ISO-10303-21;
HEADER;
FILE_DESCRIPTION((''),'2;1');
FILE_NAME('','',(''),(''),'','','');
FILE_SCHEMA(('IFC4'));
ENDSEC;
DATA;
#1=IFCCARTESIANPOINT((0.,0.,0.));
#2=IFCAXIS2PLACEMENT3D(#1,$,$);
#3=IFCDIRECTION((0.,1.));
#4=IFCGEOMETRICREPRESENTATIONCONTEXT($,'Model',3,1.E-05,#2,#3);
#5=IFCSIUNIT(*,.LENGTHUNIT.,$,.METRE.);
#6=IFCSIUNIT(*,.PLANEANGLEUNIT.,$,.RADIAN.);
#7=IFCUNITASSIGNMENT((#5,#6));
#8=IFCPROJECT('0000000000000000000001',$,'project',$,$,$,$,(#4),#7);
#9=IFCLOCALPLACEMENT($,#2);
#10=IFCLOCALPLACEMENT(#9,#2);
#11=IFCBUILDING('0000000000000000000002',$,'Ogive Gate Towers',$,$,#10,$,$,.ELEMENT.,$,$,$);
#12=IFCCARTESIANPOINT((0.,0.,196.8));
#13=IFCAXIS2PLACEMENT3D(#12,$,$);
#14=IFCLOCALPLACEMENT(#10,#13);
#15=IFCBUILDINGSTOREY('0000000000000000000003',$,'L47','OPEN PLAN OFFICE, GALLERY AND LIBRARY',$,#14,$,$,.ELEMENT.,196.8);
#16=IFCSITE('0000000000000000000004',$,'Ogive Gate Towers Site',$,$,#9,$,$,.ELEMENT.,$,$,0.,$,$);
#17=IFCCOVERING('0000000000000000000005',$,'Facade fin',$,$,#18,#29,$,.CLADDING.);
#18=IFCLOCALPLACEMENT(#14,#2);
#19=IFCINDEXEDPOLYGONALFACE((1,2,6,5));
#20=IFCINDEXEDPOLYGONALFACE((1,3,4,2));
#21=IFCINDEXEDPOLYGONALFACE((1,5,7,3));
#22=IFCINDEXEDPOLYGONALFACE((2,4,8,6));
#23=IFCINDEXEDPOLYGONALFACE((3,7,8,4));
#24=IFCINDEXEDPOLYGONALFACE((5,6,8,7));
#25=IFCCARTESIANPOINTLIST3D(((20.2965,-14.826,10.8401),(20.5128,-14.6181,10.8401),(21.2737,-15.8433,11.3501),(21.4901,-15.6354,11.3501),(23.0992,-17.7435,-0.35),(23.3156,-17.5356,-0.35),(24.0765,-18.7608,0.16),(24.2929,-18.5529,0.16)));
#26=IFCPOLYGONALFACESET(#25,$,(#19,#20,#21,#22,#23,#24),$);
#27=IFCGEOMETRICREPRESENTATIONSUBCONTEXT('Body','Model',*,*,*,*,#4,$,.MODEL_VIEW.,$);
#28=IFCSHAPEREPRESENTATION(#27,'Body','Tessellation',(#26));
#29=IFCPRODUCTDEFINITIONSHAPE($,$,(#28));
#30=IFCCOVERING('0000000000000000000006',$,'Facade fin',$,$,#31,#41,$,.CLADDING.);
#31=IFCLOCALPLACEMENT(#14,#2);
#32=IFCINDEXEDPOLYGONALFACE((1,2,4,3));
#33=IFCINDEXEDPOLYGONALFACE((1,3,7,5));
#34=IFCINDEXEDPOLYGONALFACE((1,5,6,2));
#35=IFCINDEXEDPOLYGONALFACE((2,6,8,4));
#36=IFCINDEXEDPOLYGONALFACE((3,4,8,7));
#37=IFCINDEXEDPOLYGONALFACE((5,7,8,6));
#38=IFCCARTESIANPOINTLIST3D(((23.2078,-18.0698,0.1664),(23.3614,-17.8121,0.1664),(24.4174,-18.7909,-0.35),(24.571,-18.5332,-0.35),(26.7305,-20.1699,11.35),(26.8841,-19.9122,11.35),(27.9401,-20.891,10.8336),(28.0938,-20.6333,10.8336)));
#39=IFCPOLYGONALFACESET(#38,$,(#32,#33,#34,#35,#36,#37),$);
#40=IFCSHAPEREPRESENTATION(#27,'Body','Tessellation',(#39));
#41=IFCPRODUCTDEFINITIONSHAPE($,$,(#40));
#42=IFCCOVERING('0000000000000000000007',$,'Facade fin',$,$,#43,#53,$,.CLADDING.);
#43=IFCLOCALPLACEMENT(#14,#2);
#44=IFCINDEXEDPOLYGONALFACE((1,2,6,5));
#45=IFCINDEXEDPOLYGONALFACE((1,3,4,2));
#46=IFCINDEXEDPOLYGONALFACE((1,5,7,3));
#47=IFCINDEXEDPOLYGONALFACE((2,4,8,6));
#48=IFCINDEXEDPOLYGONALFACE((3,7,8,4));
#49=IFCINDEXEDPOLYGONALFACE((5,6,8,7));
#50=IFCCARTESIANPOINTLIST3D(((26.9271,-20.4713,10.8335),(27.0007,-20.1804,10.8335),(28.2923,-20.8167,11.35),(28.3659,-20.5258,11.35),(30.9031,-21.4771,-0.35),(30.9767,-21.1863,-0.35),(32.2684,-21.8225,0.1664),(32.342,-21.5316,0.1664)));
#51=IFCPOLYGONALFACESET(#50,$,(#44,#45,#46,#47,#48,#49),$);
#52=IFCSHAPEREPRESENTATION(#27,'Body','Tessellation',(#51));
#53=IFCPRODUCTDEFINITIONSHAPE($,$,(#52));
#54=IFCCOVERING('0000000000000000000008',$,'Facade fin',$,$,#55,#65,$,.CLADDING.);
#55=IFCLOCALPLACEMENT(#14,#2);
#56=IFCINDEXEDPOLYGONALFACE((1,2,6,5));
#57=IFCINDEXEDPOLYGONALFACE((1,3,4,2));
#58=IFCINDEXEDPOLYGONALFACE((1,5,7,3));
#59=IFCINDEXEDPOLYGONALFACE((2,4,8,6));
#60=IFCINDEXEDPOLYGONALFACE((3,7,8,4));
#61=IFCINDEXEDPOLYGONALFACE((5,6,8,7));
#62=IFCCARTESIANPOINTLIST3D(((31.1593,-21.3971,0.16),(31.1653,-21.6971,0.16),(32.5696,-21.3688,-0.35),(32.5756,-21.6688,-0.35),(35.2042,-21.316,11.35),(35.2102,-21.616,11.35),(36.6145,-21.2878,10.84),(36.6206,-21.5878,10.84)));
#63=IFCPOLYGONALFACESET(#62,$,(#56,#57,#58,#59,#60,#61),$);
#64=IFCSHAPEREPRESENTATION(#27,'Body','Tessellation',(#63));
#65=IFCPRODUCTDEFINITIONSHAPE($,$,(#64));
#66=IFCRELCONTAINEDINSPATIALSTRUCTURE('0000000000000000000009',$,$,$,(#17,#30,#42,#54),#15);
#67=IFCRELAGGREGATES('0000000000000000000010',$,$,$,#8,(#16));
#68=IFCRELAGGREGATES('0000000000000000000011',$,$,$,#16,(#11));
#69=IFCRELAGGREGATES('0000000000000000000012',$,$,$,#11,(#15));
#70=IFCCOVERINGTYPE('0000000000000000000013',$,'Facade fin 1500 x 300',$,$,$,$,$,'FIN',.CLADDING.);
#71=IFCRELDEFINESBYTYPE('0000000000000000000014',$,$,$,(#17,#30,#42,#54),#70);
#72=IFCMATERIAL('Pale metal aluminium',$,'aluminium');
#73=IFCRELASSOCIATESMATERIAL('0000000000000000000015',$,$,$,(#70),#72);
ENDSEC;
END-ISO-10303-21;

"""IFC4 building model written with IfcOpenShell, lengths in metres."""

from ifc_helpers import new_model, si_unit, direction, frame, origin, origin_2d, place, context, subcontext, project, spatial, rectangle, extrude, material, material_profile, profile_set, type_object, element, save


model = new_model("IFC4")

# Units and contexts
model_context = context("Model", 3, precision=1e-05, world=origin(), true_north=direction((0.0, 1.0)))
body_context = subcontext(model_context, "Body", "Model", "MODEL_VIEW")
ifc_project = project(units=[si_unit("LENGTHUNIT", "METRE"), si_unit("PLANEANGLEUNIT", "RADIAN")], contexts=[model_context])

# Site, building, storey
site_placement = place(None, origin())
site = spatial("IfcSite", under=ifc_project, at=site_placement, Name="Ogive Gate Towers Site", CompositionType="ELEMENT", RefElevation=0.0)
building_placement = place(site_placement, origin())
building = spatial("IfcBuilding", under=site, at=building_placement, Name="Ogive Gate Towers", CompositionType="ELEMENT")
storey_placement = place(building_placement, frame((0.0, 0.0, 196.8)))
storey = spatial("IfcBuildingStorey", under=building, at=storey_placement, Name="L47", Description="OPEN PLAN OFFICE, GALLERY AND LIBRARY", CompositionType="ELEMENT", Elevation=196.8)

# Shared definitions
ifc_material_1 = material(Name="Pale metal aluminium", Category="aluminium")

# Coverings
ifc_material_profile_1 = material_profile(ifc_material_1, rectangle(XDim=0.3, YDim=1.5, at=origin_2d()), Name="1500 x 300 pale metal aluminium")
ifc_profile_set_1 = profile_set([ifc_material_profile_1], Name="Pale metal aluminium")
covering_type = type_object("IfcCoveringType", Name="Facade fin 1500 x 300", ElementType="FIN", PredefinedType="CLADDING", material=ifc_profile_set_1)
covering_1_placement = place(storey_placement, frame((23.696, -18.1482, -0.095), z_axis=(-0.235547, 0.245191, 0.940425), x_axis=(-0.721146, -0.692783, 0.0)))
element("IfcCovering", 1, at=covering_1_placement, inside=storey, type_object=covering_type, Name="Facade fin", PredefinedType="CLADDING", context=body_context, shape_type="SweptSolid", body=[
    extrude(rectangle(XDim=0.3, YDim=1.5, at=origin_2d()), origin(), (0.0, 0.0, 1.0), 11.8989),
])
for number, where, z_axis, x_axis, name in (
    (2, (23.8894, -18.3015, -0.0918), (0.295731, -0.176303, 0.938861), (0.512069, 0.858944, 0.0), "Facade fin"),
    (3, (31.6226, -21.5044, -0.0918), (-0.33379, 0.084441, 0.938858), (-0.245252, -0.969459, 0.0), "Facade fin"),
):
    element("IfcCovering", number, at=place(storey_placement, frame(where, z_axis=z_axis, x_axis=x_axis)), inside=storey, type_object=covering_type, Name=name, PredefinedType="CLADDING", context=body_context, shape_type="SweptSolid", body=[
        extrude(rectangle(XDim=0.3, YDim=1.5, at=origin_2d()), origin(), (0.0, 0.0, 1.0), 11.9119),
    ])
covering_2_placement = place(storey_placement, frame((31.8674, -21.533, -0.095), z_axis=(0.339942, 0.006812, 0.940422), x_axis=(-0.020035, 0.999799, 0.0)))
element("IfcCovering", 4, at=covering_2_placement, inside=storey, type_object=covering_type, Name="Facade fin", PredefinedType="CLADDING", context=body_context, shape_type="SweptSolid", body=[
    extrude(rectangle(XDim=0.3, YDim=1.5, at=origin_2d()), origin(), (0.0, 0.0, 1.0), 11.8989),
])

save(model, "model.ifc")
